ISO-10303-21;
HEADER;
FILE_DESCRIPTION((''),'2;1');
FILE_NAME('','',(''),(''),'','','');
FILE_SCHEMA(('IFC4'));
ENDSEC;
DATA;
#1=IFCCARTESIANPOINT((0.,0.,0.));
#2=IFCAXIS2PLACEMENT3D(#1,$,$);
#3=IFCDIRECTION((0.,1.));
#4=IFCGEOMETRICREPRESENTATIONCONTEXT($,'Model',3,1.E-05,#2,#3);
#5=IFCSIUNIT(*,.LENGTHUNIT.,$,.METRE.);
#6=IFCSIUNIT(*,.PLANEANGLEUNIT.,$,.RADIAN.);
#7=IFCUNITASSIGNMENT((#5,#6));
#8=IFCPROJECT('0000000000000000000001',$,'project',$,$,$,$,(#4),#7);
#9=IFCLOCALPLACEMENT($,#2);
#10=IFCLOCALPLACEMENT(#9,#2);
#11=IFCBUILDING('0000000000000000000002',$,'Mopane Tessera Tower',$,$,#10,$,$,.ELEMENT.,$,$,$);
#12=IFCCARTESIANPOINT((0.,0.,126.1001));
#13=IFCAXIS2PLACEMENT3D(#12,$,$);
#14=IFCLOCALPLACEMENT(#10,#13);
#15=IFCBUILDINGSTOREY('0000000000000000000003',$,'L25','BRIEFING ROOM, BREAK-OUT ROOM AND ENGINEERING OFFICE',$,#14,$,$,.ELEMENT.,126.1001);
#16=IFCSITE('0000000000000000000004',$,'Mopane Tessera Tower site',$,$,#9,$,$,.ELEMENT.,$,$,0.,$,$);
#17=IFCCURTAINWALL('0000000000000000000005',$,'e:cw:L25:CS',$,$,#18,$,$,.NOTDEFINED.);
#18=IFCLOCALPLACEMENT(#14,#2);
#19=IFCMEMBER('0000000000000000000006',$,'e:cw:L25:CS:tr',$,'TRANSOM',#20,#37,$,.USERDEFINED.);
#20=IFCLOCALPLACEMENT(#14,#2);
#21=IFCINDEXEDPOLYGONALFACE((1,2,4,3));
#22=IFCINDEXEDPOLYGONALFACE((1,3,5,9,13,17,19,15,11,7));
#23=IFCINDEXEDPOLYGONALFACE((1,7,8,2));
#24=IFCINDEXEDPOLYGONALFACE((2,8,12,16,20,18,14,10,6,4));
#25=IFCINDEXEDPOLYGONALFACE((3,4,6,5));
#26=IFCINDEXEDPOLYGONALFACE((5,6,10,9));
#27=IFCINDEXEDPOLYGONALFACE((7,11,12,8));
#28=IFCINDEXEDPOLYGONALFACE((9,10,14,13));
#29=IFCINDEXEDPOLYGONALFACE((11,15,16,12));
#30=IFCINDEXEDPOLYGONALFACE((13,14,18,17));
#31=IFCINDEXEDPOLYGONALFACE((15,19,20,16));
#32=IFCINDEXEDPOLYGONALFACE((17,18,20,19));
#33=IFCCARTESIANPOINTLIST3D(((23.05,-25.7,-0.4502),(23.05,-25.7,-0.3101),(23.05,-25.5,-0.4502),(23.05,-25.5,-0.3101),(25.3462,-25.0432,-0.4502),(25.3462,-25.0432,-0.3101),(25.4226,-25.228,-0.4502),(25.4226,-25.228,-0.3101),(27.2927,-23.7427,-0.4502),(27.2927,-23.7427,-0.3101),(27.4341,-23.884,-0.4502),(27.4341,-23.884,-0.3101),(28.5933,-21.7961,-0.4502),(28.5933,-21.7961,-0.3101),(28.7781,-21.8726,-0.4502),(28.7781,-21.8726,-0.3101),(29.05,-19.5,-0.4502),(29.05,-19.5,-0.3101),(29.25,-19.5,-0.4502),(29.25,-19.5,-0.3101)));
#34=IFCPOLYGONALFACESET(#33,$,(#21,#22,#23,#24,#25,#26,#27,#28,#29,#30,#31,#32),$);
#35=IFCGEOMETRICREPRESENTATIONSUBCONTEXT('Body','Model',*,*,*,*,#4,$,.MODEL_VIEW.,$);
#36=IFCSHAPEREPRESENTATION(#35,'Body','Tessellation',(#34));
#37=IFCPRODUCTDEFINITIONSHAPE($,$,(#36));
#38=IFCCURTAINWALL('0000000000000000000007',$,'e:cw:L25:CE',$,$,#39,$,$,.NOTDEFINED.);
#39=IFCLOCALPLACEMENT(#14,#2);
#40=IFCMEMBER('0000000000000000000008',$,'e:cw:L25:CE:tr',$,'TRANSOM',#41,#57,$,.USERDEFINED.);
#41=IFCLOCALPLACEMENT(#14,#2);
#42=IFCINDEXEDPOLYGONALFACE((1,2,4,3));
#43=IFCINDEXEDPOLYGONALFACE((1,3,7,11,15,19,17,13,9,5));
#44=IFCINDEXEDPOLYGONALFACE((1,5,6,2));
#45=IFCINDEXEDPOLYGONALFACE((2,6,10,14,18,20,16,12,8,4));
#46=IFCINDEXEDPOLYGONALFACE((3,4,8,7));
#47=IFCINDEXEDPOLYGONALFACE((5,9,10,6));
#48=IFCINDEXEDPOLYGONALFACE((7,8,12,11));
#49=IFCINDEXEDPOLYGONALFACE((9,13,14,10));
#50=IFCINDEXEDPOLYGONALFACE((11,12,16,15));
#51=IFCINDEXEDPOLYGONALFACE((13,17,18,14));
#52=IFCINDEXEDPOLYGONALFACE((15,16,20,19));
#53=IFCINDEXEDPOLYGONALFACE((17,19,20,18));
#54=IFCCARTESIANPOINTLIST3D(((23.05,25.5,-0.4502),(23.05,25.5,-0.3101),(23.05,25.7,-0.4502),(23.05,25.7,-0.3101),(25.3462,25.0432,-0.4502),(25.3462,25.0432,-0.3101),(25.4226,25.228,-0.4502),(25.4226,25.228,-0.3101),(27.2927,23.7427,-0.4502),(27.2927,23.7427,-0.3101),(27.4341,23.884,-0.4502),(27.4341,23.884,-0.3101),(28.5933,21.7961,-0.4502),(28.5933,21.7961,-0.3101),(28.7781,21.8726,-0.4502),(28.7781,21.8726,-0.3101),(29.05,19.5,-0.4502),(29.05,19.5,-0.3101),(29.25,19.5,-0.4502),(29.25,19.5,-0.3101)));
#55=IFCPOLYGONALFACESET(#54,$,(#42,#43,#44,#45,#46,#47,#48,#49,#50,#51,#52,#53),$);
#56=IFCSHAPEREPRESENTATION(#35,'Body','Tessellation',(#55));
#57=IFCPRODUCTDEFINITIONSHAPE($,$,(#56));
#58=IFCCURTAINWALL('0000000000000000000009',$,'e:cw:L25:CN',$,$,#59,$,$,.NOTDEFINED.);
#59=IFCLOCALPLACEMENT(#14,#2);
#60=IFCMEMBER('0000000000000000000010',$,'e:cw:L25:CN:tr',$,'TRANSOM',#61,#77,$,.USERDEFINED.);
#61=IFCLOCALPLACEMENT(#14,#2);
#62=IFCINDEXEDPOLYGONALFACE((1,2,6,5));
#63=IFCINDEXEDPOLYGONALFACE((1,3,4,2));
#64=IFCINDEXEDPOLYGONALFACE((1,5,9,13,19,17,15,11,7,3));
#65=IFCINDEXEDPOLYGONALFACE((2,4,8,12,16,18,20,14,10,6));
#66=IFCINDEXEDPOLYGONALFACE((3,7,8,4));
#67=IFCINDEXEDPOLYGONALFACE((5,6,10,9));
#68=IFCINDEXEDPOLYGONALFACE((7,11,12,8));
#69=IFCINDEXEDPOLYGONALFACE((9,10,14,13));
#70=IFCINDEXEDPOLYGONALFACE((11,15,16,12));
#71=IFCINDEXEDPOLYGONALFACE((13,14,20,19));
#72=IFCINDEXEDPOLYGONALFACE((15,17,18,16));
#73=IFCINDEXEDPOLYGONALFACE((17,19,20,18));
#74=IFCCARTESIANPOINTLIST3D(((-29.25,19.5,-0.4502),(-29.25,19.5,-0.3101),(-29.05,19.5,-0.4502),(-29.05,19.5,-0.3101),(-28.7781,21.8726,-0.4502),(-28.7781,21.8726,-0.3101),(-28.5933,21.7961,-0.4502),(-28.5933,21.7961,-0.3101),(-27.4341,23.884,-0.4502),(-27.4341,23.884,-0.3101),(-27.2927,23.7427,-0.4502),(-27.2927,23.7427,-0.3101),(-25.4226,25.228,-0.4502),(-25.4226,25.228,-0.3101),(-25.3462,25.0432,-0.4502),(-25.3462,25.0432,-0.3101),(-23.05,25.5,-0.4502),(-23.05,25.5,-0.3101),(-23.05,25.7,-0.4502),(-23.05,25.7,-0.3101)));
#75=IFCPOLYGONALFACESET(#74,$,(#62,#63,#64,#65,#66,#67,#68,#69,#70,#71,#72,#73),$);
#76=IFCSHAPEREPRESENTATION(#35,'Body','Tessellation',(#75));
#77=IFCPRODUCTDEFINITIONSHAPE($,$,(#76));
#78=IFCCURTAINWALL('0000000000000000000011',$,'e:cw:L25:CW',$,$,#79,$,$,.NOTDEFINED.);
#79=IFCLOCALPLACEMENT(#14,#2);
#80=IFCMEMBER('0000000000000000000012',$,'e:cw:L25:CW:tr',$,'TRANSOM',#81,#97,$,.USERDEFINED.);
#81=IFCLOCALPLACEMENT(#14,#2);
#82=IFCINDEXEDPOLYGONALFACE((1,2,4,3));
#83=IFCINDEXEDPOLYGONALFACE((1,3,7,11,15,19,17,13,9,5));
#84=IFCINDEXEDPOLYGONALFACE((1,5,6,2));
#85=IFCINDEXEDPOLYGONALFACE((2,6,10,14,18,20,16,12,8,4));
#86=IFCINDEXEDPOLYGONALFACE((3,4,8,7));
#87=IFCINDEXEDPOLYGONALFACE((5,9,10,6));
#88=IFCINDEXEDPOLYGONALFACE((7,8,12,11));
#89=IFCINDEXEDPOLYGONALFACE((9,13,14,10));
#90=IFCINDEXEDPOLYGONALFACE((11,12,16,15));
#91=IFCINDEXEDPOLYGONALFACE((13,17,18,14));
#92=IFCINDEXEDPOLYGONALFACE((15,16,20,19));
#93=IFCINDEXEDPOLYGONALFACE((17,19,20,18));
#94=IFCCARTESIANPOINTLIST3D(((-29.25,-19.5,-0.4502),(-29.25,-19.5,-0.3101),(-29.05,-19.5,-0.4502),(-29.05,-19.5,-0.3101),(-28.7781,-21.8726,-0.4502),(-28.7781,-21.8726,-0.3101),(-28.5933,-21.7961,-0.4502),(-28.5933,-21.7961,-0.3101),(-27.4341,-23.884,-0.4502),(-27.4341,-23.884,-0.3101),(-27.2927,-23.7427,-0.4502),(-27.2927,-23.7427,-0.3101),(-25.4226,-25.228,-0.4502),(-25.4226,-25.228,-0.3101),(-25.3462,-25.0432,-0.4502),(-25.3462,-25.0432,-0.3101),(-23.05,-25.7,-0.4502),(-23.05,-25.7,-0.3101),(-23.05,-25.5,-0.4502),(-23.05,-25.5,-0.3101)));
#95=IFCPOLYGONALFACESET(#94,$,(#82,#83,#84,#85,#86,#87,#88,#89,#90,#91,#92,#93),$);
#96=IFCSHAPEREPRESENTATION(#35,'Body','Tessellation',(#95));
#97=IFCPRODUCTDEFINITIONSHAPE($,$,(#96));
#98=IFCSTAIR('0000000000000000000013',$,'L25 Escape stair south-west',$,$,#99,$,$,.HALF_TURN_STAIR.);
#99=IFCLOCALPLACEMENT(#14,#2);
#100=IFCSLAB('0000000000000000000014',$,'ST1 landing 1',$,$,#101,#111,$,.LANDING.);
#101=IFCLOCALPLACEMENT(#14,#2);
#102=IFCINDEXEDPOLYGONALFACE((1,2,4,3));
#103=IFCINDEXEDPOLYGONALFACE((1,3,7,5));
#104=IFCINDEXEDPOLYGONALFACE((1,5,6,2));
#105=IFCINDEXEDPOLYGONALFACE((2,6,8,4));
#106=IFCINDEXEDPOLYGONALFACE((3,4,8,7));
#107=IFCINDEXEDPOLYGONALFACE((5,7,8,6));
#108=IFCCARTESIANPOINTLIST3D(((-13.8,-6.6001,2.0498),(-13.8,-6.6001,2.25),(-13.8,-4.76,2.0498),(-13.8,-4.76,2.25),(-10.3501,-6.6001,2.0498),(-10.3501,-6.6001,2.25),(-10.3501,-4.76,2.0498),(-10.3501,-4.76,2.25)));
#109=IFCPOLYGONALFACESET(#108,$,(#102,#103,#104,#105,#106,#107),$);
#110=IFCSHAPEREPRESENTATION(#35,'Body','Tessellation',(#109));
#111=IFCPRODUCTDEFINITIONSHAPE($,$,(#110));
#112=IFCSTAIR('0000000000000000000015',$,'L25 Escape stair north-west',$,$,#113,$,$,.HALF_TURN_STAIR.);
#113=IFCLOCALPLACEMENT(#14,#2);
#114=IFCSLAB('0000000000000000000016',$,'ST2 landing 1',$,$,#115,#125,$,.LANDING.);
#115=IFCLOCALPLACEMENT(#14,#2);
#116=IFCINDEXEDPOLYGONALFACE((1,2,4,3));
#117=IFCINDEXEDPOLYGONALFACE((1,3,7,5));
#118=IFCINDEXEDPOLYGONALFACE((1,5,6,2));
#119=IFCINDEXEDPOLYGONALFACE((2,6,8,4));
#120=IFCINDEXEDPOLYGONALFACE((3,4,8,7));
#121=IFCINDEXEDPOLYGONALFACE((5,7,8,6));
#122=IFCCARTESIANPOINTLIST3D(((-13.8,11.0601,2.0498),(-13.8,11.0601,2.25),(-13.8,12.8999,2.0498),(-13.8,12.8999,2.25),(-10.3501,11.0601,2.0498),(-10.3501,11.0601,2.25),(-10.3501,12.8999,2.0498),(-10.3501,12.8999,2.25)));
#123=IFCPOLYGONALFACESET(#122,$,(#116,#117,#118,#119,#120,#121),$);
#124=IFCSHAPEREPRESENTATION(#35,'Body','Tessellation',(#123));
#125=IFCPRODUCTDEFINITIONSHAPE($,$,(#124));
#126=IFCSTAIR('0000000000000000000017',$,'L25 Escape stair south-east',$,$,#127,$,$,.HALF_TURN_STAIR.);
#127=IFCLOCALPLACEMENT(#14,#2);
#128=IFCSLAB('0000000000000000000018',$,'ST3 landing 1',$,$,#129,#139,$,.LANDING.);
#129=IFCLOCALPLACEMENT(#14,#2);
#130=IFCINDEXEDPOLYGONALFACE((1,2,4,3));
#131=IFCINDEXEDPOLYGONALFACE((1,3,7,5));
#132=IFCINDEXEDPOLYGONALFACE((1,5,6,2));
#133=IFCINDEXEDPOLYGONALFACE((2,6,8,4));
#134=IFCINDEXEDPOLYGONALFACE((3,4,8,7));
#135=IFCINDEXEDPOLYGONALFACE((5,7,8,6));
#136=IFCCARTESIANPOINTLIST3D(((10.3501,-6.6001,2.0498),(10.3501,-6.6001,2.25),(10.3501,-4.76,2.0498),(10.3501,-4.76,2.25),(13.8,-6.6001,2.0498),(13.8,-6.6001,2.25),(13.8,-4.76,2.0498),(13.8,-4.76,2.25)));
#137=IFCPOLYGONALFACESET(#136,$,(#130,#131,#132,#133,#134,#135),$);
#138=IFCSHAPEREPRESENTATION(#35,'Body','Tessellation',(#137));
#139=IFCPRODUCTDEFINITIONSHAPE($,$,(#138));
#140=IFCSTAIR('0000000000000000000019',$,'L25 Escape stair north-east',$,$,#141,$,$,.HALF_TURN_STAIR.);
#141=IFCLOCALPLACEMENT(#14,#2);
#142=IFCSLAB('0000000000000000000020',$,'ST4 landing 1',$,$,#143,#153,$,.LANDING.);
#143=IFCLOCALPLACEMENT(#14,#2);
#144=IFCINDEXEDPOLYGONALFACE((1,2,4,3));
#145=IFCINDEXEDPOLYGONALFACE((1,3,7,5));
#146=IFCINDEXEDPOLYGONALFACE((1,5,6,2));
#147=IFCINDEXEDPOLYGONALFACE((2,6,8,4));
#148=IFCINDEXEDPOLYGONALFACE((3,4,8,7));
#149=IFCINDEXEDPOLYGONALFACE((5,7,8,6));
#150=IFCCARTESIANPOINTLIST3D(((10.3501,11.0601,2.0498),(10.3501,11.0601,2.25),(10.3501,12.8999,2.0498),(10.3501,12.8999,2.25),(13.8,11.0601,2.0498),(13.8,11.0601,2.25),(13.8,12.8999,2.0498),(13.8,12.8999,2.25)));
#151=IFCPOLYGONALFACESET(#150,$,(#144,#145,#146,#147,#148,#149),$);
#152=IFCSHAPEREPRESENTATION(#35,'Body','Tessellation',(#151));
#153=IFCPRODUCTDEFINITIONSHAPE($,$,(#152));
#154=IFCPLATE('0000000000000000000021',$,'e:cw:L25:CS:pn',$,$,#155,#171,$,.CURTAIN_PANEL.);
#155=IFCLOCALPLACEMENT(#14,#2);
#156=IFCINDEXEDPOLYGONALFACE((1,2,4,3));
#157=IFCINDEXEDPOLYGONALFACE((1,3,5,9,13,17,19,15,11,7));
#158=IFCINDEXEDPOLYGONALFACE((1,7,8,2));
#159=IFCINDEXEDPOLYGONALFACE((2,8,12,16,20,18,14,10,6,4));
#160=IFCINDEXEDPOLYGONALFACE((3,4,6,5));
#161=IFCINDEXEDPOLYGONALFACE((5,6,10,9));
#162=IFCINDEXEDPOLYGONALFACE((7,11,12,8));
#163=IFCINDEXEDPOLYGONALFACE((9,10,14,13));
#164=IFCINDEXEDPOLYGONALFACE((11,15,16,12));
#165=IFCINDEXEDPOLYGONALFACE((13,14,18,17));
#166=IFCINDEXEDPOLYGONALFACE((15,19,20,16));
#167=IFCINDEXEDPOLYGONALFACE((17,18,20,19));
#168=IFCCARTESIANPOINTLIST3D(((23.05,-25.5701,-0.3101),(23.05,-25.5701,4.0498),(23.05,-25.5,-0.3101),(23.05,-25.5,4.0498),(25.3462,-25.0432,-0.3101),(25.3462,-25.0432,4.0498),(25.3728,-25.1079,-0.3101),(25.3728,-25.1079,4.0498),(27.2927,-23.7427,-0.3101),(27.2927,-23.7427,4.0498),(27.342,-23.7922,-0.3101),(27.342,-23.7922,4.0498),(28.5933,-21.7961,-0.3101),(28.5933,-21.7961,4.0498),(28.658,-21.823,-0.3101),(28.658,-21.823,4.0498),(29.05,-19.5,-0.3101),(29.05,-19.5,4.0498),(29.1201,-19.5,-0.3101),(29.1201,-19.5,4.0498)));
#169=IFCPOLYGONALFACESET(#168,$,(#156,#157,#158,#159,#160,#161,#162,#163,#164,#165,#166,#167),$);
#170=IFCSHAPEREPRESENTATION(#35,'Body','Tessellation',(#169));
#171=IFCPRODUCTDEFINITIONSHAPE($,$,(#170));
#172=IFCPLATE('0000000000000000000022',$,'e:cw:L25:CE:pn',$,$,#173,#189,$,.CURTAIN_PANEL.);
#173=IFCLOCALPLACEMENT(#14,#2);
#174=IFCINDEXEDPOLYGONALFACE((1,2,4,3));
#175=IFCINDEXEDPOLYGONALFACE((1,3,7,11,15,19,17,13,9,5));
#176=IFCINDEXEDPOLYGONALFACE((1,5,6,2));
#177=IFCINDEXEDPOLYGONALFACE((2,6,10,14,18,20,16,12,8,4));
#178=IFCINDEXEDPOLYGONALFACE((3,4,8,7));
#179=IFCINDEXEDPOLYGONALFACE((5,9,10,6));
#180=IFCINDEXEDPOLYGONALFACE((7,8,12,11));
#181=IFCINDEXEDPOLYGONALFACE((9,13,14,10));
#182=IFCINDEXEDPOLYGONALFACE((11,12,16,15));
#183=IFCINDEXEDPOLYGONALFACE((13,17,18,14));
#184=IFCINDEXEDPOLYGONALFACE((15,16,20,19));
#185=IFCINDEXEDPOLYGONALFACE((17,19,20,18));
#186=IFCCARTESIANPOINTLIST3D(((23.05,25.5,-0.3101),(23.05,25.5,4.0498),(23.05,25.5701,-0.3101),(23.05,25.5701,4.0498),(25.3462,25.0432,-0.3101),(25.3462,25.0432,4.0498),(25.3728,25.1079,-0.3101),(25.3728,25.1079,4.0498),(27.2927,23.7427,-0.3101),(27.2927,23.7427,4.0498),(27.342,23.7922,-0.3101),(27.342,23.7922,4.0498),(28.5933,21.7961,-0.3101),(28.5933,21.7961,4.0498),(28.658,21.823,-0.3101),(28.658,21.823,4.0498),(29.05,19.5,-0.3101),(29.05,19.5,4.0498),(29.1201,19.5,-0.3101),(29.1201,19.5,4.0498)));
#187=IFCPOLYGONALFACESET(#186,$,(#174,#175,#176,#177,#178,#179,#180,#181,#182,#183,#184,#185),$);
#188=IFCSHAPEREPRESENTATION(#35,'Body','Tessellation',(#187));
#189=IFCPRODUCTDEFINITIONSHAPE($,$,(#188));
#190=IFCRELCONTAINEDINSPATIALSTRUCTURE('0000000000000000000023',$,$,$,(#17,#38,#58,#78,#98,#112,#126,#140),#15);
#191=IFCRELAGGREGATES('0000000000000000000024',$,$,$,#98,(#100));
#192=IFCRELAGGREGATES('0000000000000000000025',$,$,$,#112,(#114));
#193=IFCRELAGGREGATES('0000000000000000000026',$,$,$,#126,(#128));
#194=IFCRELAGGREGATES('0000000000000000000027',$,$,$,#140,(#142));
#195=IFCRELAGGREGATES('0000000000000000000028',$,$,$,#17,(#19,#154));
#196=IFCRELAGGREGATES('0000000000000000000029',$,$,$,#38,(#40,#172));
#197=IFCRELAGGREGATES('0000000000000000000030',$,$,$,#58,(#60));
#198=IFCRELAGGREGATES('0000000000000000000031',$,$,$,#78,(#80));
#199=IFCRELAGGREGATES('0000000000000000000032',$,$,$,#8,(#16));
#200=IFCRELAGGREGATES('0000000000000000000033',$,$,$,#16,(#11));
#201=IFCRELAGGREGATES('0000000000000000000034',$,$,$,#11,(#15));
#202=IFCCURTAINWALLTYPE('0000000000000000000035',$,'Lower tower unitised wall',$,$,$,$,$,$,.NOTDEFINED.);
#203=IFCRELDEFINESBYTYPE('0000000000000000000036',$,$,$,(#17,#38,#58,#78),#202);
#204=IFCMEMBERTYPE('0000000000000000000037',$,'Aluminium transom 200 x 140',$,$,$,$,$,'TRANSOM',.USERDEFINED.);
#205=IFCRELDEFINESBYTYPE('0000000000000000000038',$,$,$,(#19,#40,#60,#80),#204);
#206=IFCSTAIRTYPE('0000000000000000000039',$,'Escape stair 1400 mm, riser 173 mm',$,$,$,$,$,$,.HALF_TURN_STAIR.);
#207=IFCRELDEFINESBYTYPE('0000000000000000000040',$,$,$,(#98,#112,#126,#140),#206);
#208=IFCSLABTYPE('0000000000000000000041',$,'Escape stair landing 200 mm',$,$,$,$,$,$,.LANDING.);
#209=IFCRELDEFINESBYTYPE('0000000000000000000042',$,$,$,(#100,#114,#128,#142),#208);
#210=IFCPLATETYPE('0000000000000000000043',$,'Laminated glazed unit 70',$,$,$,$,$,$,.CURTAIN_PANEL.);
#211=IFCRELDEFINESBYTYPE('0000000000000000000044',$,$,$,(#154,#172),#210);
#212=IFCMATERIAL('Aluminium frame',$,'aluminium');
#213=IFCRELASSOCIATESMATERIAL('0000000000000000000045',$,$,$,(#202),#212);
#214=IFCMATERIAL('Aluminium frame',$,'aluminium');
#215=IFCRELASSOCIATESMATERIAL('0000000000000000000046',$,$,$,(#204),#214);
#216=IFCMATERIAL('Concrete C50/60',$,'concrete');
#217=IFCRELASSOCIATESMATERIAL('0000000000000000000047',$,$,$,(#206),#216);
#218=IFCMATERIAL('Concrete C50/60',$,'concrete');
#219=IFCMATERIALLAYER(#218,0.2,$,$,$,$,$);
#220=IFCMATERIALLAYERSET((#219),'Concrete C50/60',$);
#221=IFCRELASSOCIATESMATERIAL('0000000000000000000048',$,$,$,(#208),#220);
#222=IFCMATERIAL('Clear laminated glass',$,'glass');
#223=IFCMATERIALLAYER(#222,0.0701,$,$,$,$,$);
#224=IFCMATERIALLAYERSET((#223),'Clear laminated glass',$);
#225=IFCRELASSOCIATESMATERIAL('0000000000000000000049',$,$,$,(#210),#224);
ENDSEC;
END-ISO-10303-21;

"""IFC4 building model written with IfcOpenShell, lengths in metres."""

from ifc_helpers import new_model, si_unit, direction, frame, origin, origin_2d, place, context, subcontext, project, spatial, polyline, rectangle, outline, extrude, material, layer, layer_set, material_profile, profile_set, type_object, element, aggregate, save


model = new_model("IFC4")

# Units and contexts
model_context = context("Model", 3, precision=1e-05, world=origin(), true_north=direction((0.0, 1.0)))
body_context = subcontext(model_context, "Body", "Model", "MODEL_VIEW")
ifc_project = project(units=[si_unit("LENGTHUNIT", "METRE"), si_unit("PLANEANGLEUNIT", "RADIAN")], contexts=[model_context])

# Site, building, storey
site_placement = place(None, origin())
site = spatial("IfcSite", under=ifc_project, at=site_placement, Name="Mopane Tessera Tower site", CompositionType="ELEMENT", RefElevation=0.0)
building_placement = place(site_placement, origin())
building = spatial("IfcBuilding", under=site, at=building_placement, Name="Mopane Tessera Tower", CompositionType="ELEMENT")
storey_placement = place(building_placement, frame((0.0, 0.0, 126.1001)))
storey = spatial("IfcBuildingStorey", under=building, at=storey_placement, Name="L25", Description="BRIEFING ROOM, BREAK-OUT ROOM AND ENGINEERING OFFICE", CompositionType="ELEMENT", Elevation=126.1001)

# Curtain walls, members
ifc_material_1 = material(Name="Aluminium frame", Category="aluminium")
curtain_wall_type = type_object("IfcCurtainWallType", Name="Lower tower unitised wall", PredefinedType="NOTDEFINED", material=ifc_material_1)
curtain_wall_1_placement = place(storey_placement, origin())
curtain_wall_1 = element("IfcCurtainWall", 1, at=curtain_wall_1_placement, inside=storey, type_object=curtain_wall_type, Name="e:cw:L25:CS", PredefinedType="NOTDEFINED")
ifc_material_2 = material(Name="Aluminium frame", Category="aluminium")
ifc_material_profile = material_profile(ifc_material_2, rectangle(XDim=0.2, YDim=0.1399, at=origin_2d()))
ifc_profile_set = profile_set([ifc_material_profile], Name="Aluminium frame")
member_type = type_object("IfcMemberType", Name="Aluminium transom 200 x 140", ElementType="TRANSOM", PredefinedType="USERDEFINED", material=ifc_profile_set)
member_1_placement = place(storey_placement, frame((0.0, 0.0, -0.4502)))
member_1 = element("IfcMember", 2, at=member_1_placement, type_object=member_type, Name="e:cw:L25:CS:tr", ObjectType="TRANSOM", PredefinedType="USERDEFINED", context=body_context, shape_type="SweptSolid", body=[
    extrude(outline(polyline([(23.05, -25.5), (25.3462, -25.0432), (27.2927, -23.7427), (28.5933, -21.7961), (29.05, -19.5), (29.25, -19.5), (28.7781, -21.8726), (27.4341, -23.884), (25.4226, -25.228), (23.05, -25.7), (23.05, -25.5)])), origin(), (0.0, 0.0, 1.0), 0.1401),
])
curtain_wall_2_placement = place(storey_placement, origin())
curtain_wall_2 = element("IfcCurtainWall", 3, at=curtain_wall_2_placement, inside=storey, type_object=curtain_wall_type, Name="e:cw:L25:CE", PredefinedType="NOTDEFINED")
member_2_placement = place(storey_placement, frame((0.0, 0.0, -0.4502)))
member_2 = element("IfcMember", 4, at=member_2_placement, type_object=member_type, Name="e:cw:L25:CE:tr", ObjectType="TRANSOM", PredefinedType="USERDEFINED", context=body_context, shape_type="SweptSolid", body=[
    extrude(outline(polyline([(29.05, 19.5), (28.5933, 21.7961), (27.2927, 23.7427), (25.3462, 25.0432), (23.05, 25.5), (23.05, 25.7), (25.4226, 25.228), (27.4341, 23.884), (28.7781, 21.8726), (29.25, 19.5), (29.05, 19.5)])), origin(), (0.0, 0.0, 1.0), 0.1401),
])
curtain_wall_3_placement = place(storey_placement, origin())
curtain_wall_3 = element("IfcCurtainWall", 5, at=curtain_wall_3_placement, inside=storey, type_object=curtain_wall_type, Name="e:cw:L25:CN", PredefinedType="NOTDEFINED")
member_3_placement = place(storey_placement, frame((0.0, 0.0, -0.4502)))
member_3 = element("IfcMember", 6, at=member_3_placement, type_object=member_type, Name="e:cw:L25:CN:tr", ObjectType="TRANSOM", PredefinedType="USERDEFINED", context=body_context, shape_type="SweptSolid", body=[
    extrude(outline(polyline([(-23.05, 25.5), (-25.3462, 25.0432), (-27.2927, 23.7427), (-28.5933, 21.7961), (-29.05, 19.5), (-29.25, 19.5), (-28.7781, 21.8726), (-27.4341, 23.884), (-25.4226, 25.228), (-23.05, 25.7), (-23.05, 25.5)])), origin(), (0.0, 0.0, 1.0), 0.1401),
])
curtain_wall_4_placement = place(storey_placement, origin())
curtain_wall_4 = element("IfcCurtainWall", 7, at=curtain_wall_4_placement, inside=storey, type_object=curtain_wall_type, Name="e:cw:L25:CW", PredefinedType="NOTDEFINED")
member_4_placement = place(storey_placement, frame((0.0, 0.0, -0.4502)))
member_4 = element("IfcMember", 8, at=member_4_placement, type_object=member_type, Name="e:cw:L25:CW:tr", ObjectType="TRANSOM", PredefinedType="USERDEFINED", context=body_context, shape_type="SweptSolid", body=[
    extrude(outline(polyline([(-29.05, -19.5), (-28.5933, -21.7961), (-27.2927, -23.7427), (-25.3462, -25.0432), (-23.05, -25.5), (-23.05, -25.7), (-25.4226, -25.228), (-27.4341, -23.884), (-28.7781, -21.8726), (-29.25, -19.5), (-29.05, -19.5)])), origin(), (0.0, 0.0, 1.0), 0.1401),
])

# Stairs, slabs
ifc_material_3 = material(Name="Concrete C50/60", Category="concrete")
stair_type = type_object("IfcStairType", Name="Escape stair 1400 mm, riser 173 mm", PredefinedType="HALF_TURN_STAIR", material=ifc_material_3)
stair_1_placement = place(storey_placement, origin())
stair_1 = element("IfcStair", 9, at=stair_1_placement, inside=storey, type_object=stair_type, Name="L25 Escape stair south-west", PredefinedType="HALF_TURN_STAIR")
ifc_material_4 = material(Name="Concrete C50/60", Category="concrete")
ifc_layer_1 = layer(ifc_material_4, 0.2)
ifc_layer_set_1 = layer_set([ifc_layer_1], Name="Concrete C50/60")
slab_type_1 = type_object("IfcSlabType", Name="Escape stair landing 200 mm", PredefinedType="LANDING", material=ifc_layer_set_1)
slab_1_placement = place(storey_placement, frame((0.0, 0.0, 2.0498)))
slab_1 = element("IfcSlab", 10, at=slab_1_placement, type_object=slab_type_1, Name="ST1 landing 1", PredefinedType="LANDING", context=body_context, shape_type="SweptSolid", body=[
    extrude(outline(polyline([(-13.8, -4.76), (-13.8, -6.6001), (-10.3501, -6.6001), (-10.3501, -4.76), (-13.8, -4.76)])), origin(), (0.0, 0.0, 1.0), 0.2002),
])
aggregate(stair_1, [slab_1])
stair_2_placement = place(storey_placement, origin())
stair_2 = element("IfcStair", 11, at=stair_2_placement, inside=storey, type_object=stair_type, Name="L25 Escape stair north-west", PredefinedType="HALF_TURN_STAIR")
slab_2_placement = place(storey_placement, frame((0.0, 0.0, 2.0498)))
slab_2 = element("IfcSlab", 12, at=slab_2_placement, type_object=slab_type_1, Name="ST2 landing 1", PredefinedType="LANDING", context=body_context, shape_type="SweptSolid", body=[
    extrude(outline(polyline([(-10.3501, 11.0601), (-10.3501, 12.8999), (-13.8, 12.8999), (-13.8, 11.0601), (-10.3501, 11.0601)])), origin(), (0.0, 0.0, 1.0), 0.2002),
])
aggregate(stair_2, [slab_2])
stair_3_placement = place(storey_placement, origin())
stair_3 = element("IfcStair", 13, at=stair_3_placement, inside=storey, type_object=stair_type, Name="L25 Escape stair south-east", PredefinedType="HALF_TURN_STAIR")
slab_3_placement = place(storey_placement, frame((0.0, 0.0, 2.0498)))
slab_3 = element("IfcSlab", 14, at=slab_3_placement, type_object=slab_type_1, Name="ST3 landing 1", PredefinedType="LANDING", context=body_context, shape_type="SweptSolid", body=[
    extrude(outline(polyline([(10.3501, -4.76), (10.3501, -6.6001), (13.8, -6.6001), (13.8, -4.76), (10.3501, -4.76)])), origin(), (0.0, 0.0, 1.0), 0.2002),
])
aggregate(stair_3, [slab_3])
stair_4_placement = place(storey_placement, origin())
stair_4 = element("IfcStair", 15, at=stair_4_placement, inside=storey, type_object=stair_type, Name="L25 Escape stair north-east", PredefinedType="HALF_TURN_STAIR")
slab_4_placement = place(storey_placement, frame((0.0, 0.0, 2.0498)))
slab_4 = element("IfcSlab", 16, at=slab_4_placement, type_object=slab_type_1, Name="ST4 landing 1", PredefinedType="LANDING", context=body_context, shape_type="SweptSolid", body=[
    extrude(outline(polyline([(13.8, 11.0601), (13.8, 12.8999), (10.3501, 12.8999), (10.3501, 11.0601), (13.8, 11.0601)])), origin(), (0.0, 0.0, 1.0), 0.2002),
])
aggregate(stair_4, [slab_4])

# Plates
ifc_material_5 = material(Name="Clear laminated glass", Category="glass")
ifc_layer_2 = layer(ifc_material_5, 0.0701)
ifc_layer_set_2 = layer_set([ifc_layer_2], Name="Clear laminated glass")
plate_type = type_object("IfcPlateType", Name="Laminated glazed unit 70", PredefinedType="CURTAIN_PANEL", material=ifc_layer_set_2)
plate_1_placement = place(storey_placement, frame((0.0, 0.0, -0.3101)))
plate_1 = element("IfcPlate", 17, at=plate_1_placement, type_object=plate_type, Name="e:cw:L25:CS:pn", PredefinedType="CURTAIN_PANEL", context=body_context, shape_type="SweptSolid", body=[
    extrude(outline(polyline([(23.05, -25.5), (25.3462, -25.0432), (27.2927, -23.7427), (28.5933, -21.7961), (29.05, -19.5), (29.1201, -19.5), (28.658, -21.823), (27.342, -23.7922), (25.3728, -25.1079), (23.05, -25.5701), (23.05, -25.5)])), origin(), (0.0, 0.0, 1.0), 4.3599),
])
aggregate(curtain_wall_1, [member_1, plate_1])
plate_2_placement = place(storey_placement, frame((0.0, 0.0, -0.3101)))
plate_2 = element("IfcPlate", 18, at=plate_2_placement, type_object=plate_type, Name="e:cw:L25:CE:pn", PredefinedType="CURTAIN_PANEL", context=body_context, shape_type="SweptSolid", body=[
    extrude(outline(polyline([(29.05, 19.5), (28.5933, 21.7961), (27.2927, 23.7427), (25.3462, 25.0432), (23.05, 25.5), (23.05, 25.5701), (25.3728, 25.1079), (27.342, 23.7922), (28.658, 21.823), (29.1201, 19.5), (29.05, 19.5)])), origin(), (0.0, 0.0, 1.0), 4.3599),
])
aggregate(curtain_wall_2, [member_2, plate_2])
aggregate(curtain_wall_3, [member_3])
aggregate(curtain_wall_4, [member_4])

save(model, "model.ifc")
